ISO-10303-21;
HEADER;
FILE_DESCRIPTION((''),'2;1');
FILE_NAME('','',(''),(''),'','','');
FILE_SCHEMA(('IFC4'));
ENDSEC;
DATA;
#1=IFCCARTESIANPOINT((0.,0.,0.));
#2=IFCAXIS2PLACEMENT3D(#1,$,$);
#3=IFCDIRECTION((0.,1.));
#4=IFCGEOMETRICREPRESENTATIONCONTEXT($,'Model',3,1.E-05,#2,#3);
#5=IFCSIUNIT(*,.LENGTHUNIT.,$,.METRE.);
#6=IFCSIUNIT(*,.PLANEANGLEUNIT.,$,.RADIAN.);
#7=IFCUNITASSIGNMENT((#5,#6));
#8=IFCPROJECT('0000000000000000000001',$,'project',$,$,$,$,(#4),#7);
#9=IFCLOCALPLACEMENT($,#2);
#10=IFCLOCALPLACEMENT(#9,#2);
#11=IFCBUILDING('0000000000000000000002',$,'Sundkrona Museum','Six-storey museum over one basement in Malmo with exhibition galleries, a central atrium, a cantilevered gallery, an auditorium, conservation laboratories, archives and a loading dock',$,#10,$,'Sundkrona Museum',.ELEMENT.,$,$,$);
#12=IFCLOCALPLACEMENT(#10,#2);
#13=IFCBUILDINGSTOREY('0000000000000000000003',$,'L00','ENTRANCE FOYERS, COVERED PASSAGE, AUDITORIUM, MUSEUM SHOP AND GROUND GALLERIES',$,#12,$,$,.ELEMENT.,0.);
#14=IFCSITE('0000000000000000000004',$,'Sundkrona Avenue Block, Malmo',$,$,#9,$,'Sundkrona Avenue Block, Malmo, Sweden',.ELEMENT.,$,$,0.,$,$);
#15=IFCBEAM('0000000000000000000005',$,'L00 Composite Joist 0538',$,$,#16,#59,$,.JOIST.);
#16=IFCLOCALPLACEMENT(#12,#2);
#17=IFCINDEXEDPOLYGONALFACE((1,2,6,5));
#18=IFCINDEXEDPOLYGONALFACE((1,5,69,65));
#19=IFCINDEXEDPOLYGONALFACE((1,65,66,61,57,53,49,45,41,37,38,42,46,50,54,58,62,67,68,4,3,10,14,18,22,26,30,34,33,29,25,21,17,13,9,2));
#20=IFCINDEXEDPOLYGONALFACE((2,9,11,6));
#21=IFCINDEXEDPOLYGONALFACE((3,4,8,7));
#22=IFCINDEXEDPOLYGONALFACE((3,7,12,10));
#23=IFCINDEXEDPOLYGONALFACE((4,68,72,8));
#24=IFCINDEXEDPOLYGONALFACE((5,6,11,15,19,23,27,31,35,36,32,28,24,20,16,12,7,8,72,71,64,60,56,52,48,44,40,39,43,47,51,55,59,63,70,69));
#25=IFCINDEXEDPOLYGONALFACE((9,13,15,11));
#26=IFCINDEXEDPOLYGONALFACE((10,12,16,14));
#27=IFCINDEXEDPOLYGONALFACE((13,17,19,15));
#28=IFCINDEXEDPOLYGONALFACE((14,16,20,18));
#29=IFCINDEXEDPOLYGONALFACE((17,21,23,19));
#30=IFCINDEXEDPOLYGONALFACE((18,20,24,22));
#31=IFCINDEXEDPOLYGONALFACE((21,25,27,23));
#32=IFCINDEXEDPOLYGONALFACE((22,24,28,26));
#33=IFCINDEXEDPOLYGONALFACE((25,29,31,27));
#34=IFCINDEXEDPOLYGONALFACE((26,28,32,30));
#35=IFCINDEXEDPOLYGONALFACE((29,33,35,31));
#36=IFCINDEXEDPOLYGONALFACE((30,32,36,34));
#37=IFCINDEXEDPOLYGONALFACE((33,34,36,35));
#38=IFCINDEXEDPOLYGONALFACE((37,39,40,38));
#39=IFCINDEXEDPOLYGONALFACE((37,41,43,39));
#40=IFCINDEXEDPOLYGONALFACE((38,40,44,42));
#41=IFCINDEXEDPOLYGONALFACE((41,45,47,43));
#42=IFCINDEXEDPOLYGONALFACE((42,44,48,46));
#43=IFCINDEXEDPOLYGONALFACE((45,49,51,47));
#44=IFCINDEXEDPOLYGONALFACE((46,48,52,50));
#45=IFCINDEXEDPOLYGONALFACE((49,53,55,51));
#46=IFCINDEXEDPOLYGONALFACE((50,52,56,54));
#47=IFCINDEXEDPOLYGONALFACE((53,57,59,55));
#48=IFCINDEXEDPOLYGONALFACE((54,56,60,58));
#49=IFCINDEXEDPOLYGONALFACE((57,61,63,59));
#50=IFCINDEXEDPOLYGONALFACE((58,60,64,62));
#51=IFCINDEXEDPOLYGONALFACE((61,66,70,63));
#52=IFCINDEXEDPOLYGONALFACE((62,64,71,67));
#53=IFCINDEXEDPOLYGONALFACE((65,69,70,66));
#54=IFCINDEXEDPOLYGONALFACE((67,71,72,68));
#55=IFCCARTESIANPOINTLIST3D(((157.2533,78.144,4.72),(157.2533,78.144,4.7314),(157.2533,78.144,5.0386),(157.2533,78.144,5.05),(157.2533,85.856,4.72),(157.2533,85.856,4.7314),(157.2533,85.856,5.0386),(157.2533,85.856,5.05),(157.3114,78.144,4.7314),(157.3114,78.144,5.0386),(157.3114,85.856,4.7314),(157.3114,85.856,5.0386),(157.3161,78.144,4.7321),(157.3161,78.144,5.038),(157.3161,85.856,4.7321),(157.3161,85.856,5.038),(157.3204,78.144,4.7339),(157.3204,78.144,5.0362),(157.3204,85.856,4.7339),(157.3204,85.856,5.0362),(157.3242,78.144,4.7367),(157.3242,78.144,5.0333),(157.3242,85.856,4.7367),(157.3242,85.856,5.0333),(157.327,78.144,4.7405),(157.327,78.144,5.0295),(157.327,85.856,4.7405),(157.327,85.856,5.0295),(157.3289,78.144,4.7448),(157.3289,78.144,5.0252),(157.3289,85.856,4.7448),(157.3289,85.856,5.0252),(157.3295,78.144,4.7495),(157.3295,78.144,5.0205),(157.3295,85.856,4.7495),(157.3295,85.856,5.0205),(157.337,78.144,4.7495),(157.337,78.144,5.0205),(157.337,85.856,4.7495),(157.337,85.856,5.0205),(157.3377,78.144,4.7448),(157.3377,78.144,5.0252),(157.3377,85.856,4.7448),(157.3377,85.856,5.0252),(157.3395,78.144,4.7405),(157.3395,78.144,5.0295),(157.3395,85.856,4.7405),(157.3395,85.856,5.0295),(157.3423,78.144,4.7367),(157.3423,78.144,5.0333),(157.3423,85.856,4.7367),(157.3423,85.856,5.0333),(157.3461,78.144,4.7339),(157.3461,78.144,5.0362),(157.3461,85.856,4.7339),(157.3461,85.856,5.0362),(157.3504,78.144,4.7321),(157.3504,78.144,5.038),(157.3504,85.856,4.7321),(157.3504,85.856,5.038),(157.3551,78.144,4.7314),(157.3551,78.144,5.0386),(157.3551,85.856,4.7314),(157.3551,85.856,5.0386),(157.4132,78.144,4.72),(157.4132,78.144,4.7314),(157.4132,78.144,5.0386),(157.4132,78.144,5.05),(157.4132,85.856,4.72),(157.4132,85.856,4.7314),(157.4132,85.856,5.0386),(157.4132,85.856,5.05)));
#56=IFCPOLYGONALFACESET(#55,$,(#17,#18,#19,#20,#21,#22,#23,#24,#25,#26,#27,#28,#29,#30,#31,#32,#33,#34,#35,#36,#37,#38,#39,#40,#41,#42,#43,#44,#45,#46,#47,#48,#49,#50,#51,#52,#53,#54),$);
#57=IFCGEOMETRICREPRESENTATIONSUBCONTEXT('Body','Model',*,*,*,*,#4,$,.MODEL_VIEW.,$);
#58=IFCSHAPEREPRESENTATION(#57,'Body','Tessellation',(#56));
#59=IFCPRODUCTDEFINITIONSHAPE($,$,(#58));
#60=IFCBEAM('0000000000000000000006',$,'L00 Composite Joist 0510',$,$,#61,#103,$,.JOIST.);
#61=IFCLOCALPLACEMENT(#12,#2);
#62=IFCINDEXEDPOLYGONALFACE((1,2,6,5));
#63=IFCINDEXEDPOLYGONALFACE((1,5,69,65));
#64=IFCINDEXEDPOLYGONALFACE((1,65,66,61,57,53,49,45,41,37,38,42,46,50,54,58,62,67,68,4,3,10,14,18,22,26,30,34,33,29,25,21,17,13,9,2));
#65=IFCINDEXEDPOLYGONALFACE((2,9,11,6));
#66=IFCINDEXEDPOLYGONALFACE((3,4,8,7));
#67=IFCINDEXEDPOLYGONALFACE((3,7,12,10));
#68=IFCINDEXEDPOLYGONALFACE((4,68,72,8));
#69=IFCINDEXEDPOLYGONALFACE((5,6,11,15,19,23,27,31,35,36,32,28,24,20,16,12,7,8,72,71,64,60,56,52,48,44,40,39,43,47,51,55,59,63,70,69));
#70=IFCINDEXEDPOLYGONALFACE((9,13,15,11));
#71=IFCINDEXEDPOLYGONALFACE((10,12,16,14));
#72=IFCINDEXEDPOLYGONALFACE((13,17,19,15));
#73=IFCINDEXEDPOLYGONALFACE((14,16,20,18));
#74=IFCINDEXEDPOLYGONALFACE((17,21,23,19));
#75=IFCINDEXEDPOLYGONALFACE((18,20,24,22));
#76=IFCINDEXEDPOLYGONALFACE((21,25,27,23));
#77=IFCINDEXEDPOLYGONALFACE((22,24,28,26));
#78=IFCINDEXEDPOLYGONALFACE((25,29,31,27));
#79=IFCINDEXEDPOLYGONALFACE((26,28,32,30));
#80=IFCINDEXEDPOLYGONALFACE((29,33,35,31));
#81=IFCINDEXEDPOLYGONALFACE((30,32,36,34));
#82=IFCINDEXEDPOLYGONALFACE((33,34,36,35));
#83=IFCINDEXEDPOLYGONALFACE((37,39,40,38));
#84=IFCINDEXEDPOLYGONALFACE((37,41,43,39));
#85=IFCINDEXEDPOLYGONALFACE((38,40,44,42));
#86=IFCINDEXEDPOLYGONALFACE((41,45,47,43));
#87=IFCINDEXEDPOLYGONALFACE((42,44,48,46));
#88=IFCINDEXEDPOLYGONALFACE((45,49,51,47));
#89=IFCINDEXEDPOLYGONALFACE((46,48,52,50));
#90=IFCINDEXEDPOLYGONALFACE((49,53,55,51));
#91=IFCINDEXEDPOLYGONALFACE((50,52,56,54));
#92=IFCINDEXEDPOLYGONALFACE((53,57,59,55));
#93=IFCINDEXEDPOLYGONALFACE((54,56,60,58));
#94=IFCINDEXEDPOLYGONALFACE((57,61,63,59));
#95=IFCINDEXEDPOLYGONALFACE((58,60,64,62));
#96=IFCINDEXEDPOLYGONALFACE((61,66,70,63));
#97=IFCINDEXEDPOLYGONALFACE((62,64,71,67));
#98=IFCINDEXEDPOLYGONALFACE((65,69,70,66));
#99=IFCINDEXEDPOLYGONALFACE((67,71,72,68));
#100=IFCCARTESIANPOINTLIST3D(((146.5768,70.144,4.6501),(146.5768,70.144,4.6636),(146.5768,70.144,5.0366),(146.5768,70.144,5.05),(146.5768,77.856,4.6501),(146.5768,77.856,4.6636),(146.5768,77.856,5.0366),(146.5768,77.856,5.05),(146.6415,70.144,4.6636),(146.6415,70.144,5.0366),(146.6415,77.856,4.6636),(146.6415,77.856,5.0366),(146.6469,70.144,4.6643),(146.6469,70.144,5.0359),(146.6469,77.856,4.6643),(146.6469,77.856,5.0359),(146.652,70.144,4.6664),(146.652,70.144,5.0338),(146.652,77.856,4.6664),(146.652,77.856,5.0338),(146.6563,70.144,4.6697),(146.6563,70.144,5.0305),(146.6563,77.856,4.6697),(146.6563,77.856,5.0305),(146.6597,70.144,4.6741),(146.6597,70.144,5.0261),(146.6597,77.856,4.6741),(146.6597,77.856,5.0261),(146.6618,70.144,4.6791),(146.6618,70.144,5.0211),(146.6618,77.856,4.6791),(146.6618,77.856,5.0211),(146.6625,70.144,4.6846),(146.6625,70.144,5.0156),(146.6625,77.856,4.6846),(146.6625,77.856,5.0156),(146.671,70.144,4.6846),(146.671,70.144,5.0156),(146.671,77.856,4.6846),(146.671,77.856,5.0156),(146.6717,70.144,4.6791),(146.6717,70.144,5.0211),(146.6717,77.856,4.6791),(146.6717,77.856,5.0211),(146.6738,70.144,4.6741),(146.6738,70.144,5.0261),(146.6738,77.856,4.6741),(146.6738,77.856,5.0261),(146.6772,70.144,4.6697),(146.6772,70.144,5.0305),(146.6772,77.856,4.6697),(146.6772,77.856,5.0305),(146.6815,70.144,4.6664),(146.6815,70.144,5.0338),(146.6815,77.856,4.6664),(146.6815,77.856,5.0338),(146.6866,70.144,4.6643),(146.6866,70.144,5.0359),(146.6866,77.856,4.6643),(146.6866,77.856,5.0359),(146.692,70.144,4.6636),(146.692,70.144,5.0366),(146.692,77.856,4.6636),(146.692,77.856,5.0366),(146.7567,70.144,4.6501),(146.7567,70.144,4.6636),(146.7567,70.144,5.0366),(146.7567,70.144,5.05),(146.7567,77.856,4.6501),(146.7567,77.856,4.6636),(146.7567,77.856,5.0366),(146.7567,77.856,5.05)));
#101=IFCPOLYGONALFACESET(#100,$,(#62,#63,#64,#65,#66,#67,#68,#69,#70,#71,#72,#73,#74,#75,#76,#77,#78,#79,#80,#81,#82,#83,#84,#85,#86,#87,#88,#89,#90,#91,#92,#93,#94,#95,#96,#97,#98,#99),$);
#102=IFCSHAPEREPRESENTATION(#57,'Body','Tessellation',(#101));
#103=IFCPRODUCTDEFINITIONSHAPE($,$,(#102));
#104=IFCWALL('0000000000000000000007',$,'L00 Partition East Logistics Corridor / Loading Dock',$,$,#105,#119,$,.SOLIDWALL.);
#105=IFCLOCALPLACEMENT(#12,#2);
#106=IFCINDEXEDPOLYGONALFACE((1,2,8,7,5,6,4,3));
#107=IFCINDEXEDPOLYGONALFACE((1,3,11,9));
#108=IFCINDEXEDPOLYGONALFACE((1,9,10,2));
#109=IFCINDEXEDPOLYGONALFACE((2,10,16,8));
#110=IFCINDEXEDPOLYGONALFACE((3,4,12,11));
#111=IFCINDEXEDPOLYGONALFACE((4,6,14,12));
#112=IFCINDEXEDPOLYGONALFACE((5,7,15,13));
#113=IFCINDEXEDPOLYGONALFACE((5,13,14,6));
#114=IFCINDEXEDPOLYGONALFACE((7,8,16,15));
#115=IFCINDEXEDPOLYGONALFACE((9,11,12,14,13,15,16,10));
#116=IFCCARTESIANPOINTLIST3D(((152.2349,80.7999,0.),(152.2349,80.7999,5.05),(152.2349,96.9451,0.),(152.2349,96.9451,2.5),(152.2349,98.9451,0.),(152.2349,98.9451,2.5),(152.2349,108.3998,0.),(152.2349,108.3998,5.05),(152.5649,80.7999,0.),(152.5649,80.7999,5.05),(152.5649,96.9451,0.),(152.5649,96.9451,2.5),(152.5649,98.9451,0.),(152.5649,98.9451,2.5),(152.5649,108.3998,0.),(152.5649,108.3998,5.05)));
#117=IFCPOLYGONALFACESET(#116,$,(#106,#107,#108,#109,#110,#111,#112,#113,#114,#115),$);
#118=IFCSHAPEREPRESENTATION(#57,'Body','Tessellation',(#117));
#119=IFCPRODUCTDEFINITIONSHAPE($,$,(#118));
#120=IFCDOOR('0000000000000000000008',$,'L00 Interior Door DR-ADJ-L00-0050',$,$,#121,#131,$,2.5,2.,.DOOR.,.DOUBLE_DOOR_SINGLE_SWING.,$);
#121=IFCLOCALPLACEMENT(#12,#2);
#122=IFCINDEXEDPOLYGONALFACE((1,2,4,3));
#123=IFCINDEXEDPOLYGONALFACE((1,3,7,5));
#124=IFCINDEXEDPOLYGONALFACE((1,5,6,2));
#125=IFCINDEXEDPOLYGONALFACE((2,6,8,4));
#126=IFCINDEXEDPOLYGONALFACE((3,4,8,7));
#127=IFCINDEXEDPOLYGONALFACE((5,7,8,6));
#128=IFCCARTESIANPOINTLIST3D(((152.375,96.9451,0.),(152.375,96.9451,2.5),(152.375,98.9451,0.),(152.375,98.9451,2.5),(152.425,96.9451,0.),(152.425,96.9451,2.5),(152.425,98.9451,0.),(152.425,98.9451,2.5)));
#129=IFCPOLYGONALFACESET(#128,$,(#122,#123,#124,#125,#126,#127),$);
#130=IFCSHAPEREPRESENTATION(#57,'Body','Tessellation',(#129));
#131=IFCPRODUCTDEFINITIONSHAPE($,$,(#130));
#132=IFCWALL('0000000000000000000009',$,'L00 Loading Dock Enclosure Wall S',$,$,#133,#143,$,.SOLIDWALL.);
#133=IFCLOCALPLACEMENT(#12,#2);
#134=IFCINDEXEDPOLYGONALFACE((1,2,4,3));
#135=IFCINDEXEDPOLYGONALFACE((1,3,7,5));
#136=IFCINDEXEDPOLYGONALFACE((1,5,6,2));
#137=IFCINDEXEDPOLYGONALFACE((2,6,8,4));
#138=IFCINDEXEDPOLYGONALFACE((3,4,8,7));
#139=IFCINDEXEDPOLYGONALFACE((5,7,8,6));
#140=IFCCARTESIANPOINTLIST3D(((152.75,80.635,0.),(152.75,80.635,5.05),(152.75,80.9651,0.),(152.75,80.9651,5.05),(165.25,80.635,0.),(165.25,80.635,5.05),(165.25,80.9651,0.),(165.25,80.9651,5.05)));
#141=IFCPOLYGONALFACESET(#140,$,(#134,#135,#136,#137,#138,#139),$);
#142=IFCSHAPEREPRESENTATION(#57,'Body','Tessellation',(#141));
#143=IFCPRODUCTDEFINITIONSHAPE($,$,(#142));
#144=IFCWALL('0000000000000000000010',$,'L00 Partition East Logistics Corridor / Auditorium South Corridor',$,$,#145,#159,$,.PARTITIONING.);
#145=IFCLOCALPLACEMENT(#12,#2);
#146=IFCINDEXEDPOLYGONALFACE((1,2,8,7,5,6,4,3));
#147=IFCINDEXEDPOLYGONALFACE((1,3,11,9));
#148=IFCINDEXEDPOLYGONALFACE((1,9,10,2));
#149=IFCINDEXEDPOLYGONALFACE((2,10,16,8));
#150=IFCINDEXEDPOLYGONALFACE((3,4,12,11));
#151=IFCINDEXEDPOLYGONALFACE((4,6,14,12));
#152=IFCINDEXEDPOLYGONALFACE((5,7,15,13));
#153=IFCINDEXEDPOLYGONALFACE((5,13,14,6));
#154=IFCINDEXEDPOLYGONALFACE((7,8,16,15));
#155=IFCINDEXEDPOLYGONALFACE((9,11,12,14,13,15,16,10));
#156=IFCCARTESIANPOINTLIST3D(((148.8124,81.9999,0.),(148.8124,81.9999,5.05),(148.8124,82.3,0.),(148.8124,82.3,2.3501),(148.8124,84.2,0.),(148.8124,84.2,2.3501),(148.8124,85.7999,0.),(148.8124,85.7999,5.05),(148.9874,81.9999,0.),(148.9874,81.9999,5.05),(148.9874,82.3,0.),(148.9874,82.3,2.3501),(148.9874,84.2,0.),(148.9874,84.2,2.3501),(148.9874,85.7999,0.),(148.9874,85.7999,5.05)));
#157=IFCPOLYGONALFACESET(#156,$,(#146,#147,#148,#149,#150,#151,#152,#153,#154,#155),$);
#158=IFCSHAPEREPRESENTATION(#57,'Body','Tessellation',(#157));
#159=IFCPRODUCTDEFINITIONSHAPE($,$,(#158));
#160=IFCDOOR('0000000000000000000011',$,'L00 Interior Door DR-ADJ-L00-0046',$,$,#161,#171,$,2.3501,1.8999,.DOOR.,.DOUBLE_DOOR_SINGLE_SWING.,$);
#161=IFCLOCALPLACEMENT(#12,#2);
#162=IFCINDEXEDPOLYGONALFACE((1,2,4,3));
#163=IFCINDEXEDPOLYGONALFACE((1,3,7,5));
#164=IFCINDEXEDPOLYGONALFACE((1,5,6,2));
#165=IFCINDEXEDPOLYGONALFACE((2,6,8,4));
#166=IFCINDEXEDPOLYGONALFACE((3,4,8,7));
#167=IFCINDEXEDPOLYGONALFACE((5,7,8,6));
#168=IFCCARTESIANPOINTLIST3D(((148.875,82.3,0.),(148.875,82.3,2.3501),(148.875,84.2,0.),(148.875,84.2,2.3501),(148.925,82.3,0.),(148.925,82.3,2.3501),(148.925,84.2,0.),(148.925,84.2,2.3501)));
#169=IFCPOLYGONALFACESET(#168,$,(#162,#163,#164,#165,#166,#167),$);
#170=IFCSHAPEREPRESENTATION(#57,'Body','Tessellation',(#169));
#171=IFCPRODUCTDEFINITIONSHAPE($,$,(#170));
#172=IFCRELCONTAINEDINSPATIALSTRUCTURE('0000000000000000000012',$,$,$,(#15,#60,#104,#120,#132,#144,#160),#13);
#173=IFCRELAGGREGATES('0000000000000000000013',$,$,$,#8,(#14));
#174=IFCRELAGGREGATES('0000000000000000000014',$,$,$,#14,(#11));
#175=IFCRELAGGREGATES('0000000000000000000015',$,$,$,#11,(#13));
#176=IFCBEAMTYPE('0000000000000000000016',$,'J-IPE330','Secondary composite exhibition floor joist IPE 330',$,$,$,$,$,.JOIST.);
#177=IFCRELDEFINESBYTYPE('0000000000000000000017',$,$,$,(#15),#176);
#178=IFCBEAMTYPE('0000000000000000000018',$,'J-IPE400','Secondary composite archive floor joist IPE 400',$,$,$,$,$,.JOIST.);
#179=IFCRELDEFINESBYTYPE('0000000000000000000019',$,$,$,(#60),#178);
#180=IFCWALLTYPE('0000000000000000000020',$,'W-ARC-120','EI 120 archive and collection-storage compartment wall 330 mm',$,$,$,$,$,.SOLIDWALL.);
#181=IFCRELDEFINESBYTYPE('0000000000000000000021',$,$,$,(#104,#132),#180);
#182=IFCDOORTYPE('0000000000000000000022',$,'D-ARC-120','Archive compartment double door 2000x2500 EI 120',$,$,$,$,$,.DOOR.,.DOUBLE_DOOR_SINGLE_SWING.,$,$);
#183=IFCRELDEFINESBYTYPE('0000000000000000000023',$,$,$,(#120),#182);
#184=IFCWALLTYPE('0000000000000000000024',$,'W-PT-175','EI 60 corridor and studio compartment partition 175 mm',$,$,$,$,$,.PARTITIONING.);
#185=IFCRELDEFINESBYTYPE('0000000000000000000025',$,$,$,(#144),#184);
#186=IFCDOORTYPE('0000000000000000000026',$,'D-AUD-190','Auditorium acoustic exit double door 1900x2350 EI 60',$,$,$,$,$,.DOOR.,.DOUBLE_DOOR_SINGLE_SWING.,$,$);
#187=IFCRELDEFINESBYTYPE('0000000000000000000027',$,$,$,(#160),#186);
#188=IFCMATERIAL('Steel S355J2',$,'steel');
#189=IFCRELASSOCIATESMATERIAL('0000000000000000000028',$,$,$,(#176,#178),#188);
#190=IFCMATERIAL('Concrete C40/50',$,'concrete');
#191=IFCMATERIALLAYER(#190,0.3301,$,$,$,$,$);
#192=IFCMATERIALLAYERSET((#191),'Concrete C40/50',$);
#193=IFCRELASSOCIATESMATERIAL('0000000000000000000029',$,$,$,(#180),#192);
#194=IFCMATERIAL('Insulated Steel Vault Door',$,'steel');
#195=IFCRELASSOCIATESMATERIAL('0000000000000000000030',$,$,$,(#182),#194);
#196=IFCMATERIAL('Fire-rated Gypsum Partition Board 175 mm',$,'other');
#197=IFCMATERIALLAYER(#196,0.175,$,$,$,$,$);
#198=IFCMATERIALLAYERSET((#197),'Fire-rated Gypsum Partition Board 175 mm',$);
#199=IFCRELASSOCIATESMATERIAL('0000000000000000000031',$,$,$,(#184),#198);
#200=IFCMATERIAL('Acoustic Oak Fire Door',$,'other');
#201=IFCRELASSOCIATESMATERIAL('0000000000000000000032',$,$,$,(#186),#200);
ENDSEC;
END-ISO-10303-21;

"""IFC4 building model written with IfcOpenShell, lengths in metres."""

from ifc_helpers import new_model, si_unit, direction, frame, frame_2d, origin, origin_2d, place, context, subcontext, project, spatial, rectangle, i_section, extrude, material, layer, layer_set, material_profile, profile_set, type_object, element, fill, save


model = new_model("IFC4")

# Units and contexts
model_context = context("Model", 3, precision=1e-05, world=origin(), true_north=direction((0.0, 1.0)))
body_context = subcontext(model_context, "Body", "Model", "MODEL_VIEW")
ifc_project = project(units=[si_unit("LENGTHUNIT", "METRE"), si_unit("PLANEANGLEUNIT", "RADIAN")], contexts=[model_context])

# Site, building, storey
site_placement = place(None, origin())
site = spatial("IfcSite", under=ifc_project, at=site_placement, Name="Sundkrona Avenue Block, Malmo", LongName="Sundkrona Avenue Block, Malmo, Sweden", CompositionType="ELEMENT", RefElevation=0.0)
building_placement = place(site_placement, origin())
building = spatial("IfcBuilding", under=site, at=building_placement, Name="Sundkrona Museum", Description="Six-storey museum over one basement in Malmo with exhibition galleries, a central atrium, a cantilevered gallery, an auditorium, conservation laboratories, archives and a loading dock", LongName="Sundkrona Museum", CompositionType="ELEMENT")
storey_placement = place(building_placement, origin())
storey = spatial("IfcBuildingStorey", under=building, at=storey_placement, Name="L00", Description="ENTRANCE FOYERS, COVERED PASSAGE, AUDITORIUM, MUSEUM SHOP AND GROUND GALLERIES", CompositionType="ELEMENT", Elevation=0.0)

# Shared definitions
ifc_material_1 = material(Name="Steel S355J2", Category="steel")

# Beams
ifc_material_profile_1 = material_profile(ifc_material_1, i_section(OverallWidth=0.1599, OverallDepth=0.3301, WebThickness=0.0076, FlangeThickness=0.0115, FilletRadius=0.0181, at=origin_2d()), Name="IPE 330")
ifc_profile_set_1 = profile_set([ifc_material_profile_1], Name="Steel S355J2")
beam_type_1 = type_object("IfcBeamType", Name="J-IPE330", Description="Secondary composite exhibition floor joist IPE 330", PredefinedType="JOIST", material=ifc_profile_set_1)
for number, where, z_axis, x_axis, name in (
    (1, (157.3333, 78.144, 4.885), (0.0, 1.0, 0.0), (-1.0, 0.0, 0.0), "L00 Composite Joist 0538"),
):
    element("IfcBeam", number, at=place(storey_placement, frame(where, z_axis=z_axis, x_axis=x_axis)), inside=storey, type_object=beam_type_1, Name=name, PredefinedType="JOIST", context=body_context, shape_type="SweptSolid", body=[
        extrude(i_section(OverallWidth=0.1599, OverallDepth=0.3301, WebThickness=0.0076, FlangeThickness=0.0115, FilletRadius=0.0181, at=origin_2d()), origin(), (0.0, 0.0, 1.0), 7.7119),
    ])
ifc_material_profile_2 = material_profile(ifc_material_1, i_section(OverallWidth=0.1799, OverallDepth=0.3999, WebThickness=0.0085, FlangeThickness=0.0134, FilletRadius=0.021, at=origin_2d()), Name="IPE 400")
ifc_profile_set_2 = profile_set([ifc_material_profile_2], Name="Steel S355J2")
beam_type_2 = type_object("IfcBeamType", Name="J-IPE400", Description="Secondary composite archive floor joist IPE 400", PredefinedType="JOIST", material=ifc_profile_set_2)
beam_1_placement = place(storey_placement, frame((146.6667, 70.144, 4.8501), z_axis=(0.0, 1.0, 0.0), x_axis=(-1.0, 0.0, 0.0)))
element("IfcBeam", 2, at=beam_1_placement, inside=storey, type_object=beam_type_2, Name="L00 Composite Joist 0510", PredefinedType="JOIST", context=body_context, shape_type="SweptSolid", body=[
    extrude(i_section(OverallWidth=0.1799, OverallDepth=0.3999, WebThickness=0.0085, FlangeThickness=0.0134, FilletRadius=0.021, at=origin_2d()), origin(), (0.0, 0.0, 1.0), 7.7119),
])

# Wall, opening, door
ifc_material_2 = material(Name="Concrete C40/50", Category="concrete")
ifc_layer_1 = layer(ifc_material_2, 0.3301)
ifc_layer_set_1 = layer_set([ifc_layer_1], Name="Concrete C40/50")
wall_type_1 = type_object("IfcWallType", Name="W-ARC-120", Description="EI 120 archive and collection-storage compartment wall 330 mm", PredefinedType="SOLIDWALL", material=ifc_layer_set_1)
wall_1_placement = place(storey_placement, frame((152.3999, 80.8, 0.0), z_axis=(0.0, 0.0, 1.0), x_axis=(0.0, 1.0, 0.0)))
wall_1 = element("IfcWall", 3, at=wall_1_placement, inside=storey, type_object=wall_type_1, Name="L00 Partition East Logistics Corridor / Loading Dock", PredefinedType="SOLIDWALL", context=body_context, shape_type="SweptSolid", body=[
    extrude(rectangle(XDim=27.5999, YDim=0.3301, at=frame_2d((13.7998, 0.0))), origin(), (0.0, 0.0, 1.0), 5.05),
])
opening_1_placement = place(wall_1_placement, frame((16.145, 0.0, 0.0)))
opening_1 = element("IfcOpeningElement", 4, at=opening_1_placement, cuts=wall_1, PredefinedType="OPENING", context=body_context, shape_type="SweptSolid", body=[
    extrude(rectangle(XDim=2.0, YDim=2.5, at=frame_2d((1.0, 1.25))), frame((0.0, 0.175, 0.0), z_axis=(0.0, -1.0, 0.0), x_axis=(1.0, 0.0, 0.0)), (0.0, 0.0, 1.0), 0.3501),
])
ifc_material_3 = material(Name="Insulated Steel Vault Door", Category="steel")
door_type_1 = type_object("IfcDoorType", Name="D-ARC-120", Description="Archive compartment double door 2000x2500 EI 120", OperationType="DOUBLE_DOOR_SINGLE_SWING", PredefinedType="DOOR", material=ifc_material_3)
door_1_placement = place(opening_1_placement, origin())
door_1 = element("IfcDoor", 5, at=door_1_placement, inside=storey, type_object=door_type_1, Name="L00 Interior Door DR-ADJ-L00-0050", OperationType="DOUBLE_DOOR_SINGLE_SWING", OverallHeight=2.5, OverallWidth=2.0, PredefinedType="DOOR", context=body_context, shape_type="SweptSolid", body=[
    extrude(rectangle(XDim=2.0, YDim=2.5, at=frame_2d((1.0, 1.25))), frame((0.0, 0.0249, 0.0), z_axis=(0.0, -1.0, 0.0), x_axis=(1.0, 0.0, 0.0)), (0.0, 0.0, 1.0), 0.05),
])
fill(opening_1, door_1)

# Wall
wall_2_placement = place(storey_placement, frame((152.75, 80.8, 0.0), z_axis=(0.0, 0.0, 1.0), x_axis=(1.0, 0.0, 0.0)))
element("IfcWall", 6, at=wall_2_placement, inside=storey, type_object=wall_type_1, Name="L00 Loading Dock Enclosure Wall S", PredefinedType="SOLIDWALL", context=body_context, shape_type="SweptSolid", body=[
    extrude(rectangle(XDim=12.5, YDim=0.3301, at=frame_2d((6.25, 0.0))), origin(), (0.0, 0.0, 1.0), 5.05),
])

# Wall, opening, door
ifc_material_4 = material(Name="Fire-rated Gypsum Partition Board 175 mm", Category="other")
ifc_layer_2 = layer(ifc_material_4, 0.175)
ifc_layer_set_2 = layer_set([ifc_layer_2], Name="Fire-rated Gypsum Partition Board 175 mm")
wall_type_2 = type_object("IfcWallType", Name="W-PT-175", Description="EI 60 corridor and studio compartment partition 175 mm", PredefinedType="PARTITIONING", material=ifc_layer_set_2)
wall_3_placement = place(storey_placement, frame((148.8999, 82.0, 0.0), z_axis=(0.0, 0.0, 1.0), x_axis=(0.0, 1.0, 0.0)))
wall_3 = element("IfcWall", 7, at=wall_3_placement, inside=storey, type_object=wall_type_2, Name="L00 Partition East Logistics Corridor / Auditorium South Corridor", PredefinedType="PARTITIONING", context=body_context, shape_type="SweptSolid", body=[
    extrude(rectangle(XDim=3.8, YDim=0.175, at=frame_2d((1.8999, 0.0))), origin(), (0.0, 0.0, 1.0), 5.05),
])
opening_2_placement = place(wall_3_placement, frame((0.3, 0.0, 0.0)))
opening_2 = element("IfcOpeningElement", 8, at=opening_2_placement, cuts=wall_3, PredefinedType="OPENING", context=body_context, shape_type="SweptSolid", body=[
    extrude(rectangle(XDim=1.8999, YDim=2.3501, at=frame_2d((0.95, 1.175))), frame((0.0, 0.0974, 0.0), z_axis=(0.0, -1.0, 0.0), x_axis=(1.0, 0.0, 0.0)), (0.0, 0.0, 1.0), 0.1951),
])
ifc_material_5 = material(Name="Acoustic Oak Fire Door", Category="other")
door_type_2 = type_object("IfcDoorType", Name="D-AUD-190", Description="Auditorium acoustic exit double door 1900x2350 EI 60", OperationType="DOUBLE_DOOR_SINGLE_SWING", PredefinedType="DOOR", material=ifc_material_5)
door_2_placement = place(opening_2_placement, origin())
door_2 = element("IfcDoor", 9, at=door_2_placement, inside=storey, type_object=door_type_2, Name="L00 Interior Door DR-ADJ-L00-0046", OperationType="DOUBLE_DOOR_SINGLE_SWING", OverallHeight=2.3501, OverallWidth=1.8999, PredefinedType="DOOR", context=body_context, shape_type="SweptSolid", body=[
    extrude(rectangle(XDim=1.8999, YDim=2.3501, at=frame_2d((0.95, 1.175))), frame((0.0, 0.0249, 0.0), z_axis=(0.0, -1.0, 0.0), x_axis=(1.0, 0.0, 0.0)), (0.0, 0.0, 1.0), 0.05),
])
fill(opening_2, door_2)

save(model, "model.ifc")
